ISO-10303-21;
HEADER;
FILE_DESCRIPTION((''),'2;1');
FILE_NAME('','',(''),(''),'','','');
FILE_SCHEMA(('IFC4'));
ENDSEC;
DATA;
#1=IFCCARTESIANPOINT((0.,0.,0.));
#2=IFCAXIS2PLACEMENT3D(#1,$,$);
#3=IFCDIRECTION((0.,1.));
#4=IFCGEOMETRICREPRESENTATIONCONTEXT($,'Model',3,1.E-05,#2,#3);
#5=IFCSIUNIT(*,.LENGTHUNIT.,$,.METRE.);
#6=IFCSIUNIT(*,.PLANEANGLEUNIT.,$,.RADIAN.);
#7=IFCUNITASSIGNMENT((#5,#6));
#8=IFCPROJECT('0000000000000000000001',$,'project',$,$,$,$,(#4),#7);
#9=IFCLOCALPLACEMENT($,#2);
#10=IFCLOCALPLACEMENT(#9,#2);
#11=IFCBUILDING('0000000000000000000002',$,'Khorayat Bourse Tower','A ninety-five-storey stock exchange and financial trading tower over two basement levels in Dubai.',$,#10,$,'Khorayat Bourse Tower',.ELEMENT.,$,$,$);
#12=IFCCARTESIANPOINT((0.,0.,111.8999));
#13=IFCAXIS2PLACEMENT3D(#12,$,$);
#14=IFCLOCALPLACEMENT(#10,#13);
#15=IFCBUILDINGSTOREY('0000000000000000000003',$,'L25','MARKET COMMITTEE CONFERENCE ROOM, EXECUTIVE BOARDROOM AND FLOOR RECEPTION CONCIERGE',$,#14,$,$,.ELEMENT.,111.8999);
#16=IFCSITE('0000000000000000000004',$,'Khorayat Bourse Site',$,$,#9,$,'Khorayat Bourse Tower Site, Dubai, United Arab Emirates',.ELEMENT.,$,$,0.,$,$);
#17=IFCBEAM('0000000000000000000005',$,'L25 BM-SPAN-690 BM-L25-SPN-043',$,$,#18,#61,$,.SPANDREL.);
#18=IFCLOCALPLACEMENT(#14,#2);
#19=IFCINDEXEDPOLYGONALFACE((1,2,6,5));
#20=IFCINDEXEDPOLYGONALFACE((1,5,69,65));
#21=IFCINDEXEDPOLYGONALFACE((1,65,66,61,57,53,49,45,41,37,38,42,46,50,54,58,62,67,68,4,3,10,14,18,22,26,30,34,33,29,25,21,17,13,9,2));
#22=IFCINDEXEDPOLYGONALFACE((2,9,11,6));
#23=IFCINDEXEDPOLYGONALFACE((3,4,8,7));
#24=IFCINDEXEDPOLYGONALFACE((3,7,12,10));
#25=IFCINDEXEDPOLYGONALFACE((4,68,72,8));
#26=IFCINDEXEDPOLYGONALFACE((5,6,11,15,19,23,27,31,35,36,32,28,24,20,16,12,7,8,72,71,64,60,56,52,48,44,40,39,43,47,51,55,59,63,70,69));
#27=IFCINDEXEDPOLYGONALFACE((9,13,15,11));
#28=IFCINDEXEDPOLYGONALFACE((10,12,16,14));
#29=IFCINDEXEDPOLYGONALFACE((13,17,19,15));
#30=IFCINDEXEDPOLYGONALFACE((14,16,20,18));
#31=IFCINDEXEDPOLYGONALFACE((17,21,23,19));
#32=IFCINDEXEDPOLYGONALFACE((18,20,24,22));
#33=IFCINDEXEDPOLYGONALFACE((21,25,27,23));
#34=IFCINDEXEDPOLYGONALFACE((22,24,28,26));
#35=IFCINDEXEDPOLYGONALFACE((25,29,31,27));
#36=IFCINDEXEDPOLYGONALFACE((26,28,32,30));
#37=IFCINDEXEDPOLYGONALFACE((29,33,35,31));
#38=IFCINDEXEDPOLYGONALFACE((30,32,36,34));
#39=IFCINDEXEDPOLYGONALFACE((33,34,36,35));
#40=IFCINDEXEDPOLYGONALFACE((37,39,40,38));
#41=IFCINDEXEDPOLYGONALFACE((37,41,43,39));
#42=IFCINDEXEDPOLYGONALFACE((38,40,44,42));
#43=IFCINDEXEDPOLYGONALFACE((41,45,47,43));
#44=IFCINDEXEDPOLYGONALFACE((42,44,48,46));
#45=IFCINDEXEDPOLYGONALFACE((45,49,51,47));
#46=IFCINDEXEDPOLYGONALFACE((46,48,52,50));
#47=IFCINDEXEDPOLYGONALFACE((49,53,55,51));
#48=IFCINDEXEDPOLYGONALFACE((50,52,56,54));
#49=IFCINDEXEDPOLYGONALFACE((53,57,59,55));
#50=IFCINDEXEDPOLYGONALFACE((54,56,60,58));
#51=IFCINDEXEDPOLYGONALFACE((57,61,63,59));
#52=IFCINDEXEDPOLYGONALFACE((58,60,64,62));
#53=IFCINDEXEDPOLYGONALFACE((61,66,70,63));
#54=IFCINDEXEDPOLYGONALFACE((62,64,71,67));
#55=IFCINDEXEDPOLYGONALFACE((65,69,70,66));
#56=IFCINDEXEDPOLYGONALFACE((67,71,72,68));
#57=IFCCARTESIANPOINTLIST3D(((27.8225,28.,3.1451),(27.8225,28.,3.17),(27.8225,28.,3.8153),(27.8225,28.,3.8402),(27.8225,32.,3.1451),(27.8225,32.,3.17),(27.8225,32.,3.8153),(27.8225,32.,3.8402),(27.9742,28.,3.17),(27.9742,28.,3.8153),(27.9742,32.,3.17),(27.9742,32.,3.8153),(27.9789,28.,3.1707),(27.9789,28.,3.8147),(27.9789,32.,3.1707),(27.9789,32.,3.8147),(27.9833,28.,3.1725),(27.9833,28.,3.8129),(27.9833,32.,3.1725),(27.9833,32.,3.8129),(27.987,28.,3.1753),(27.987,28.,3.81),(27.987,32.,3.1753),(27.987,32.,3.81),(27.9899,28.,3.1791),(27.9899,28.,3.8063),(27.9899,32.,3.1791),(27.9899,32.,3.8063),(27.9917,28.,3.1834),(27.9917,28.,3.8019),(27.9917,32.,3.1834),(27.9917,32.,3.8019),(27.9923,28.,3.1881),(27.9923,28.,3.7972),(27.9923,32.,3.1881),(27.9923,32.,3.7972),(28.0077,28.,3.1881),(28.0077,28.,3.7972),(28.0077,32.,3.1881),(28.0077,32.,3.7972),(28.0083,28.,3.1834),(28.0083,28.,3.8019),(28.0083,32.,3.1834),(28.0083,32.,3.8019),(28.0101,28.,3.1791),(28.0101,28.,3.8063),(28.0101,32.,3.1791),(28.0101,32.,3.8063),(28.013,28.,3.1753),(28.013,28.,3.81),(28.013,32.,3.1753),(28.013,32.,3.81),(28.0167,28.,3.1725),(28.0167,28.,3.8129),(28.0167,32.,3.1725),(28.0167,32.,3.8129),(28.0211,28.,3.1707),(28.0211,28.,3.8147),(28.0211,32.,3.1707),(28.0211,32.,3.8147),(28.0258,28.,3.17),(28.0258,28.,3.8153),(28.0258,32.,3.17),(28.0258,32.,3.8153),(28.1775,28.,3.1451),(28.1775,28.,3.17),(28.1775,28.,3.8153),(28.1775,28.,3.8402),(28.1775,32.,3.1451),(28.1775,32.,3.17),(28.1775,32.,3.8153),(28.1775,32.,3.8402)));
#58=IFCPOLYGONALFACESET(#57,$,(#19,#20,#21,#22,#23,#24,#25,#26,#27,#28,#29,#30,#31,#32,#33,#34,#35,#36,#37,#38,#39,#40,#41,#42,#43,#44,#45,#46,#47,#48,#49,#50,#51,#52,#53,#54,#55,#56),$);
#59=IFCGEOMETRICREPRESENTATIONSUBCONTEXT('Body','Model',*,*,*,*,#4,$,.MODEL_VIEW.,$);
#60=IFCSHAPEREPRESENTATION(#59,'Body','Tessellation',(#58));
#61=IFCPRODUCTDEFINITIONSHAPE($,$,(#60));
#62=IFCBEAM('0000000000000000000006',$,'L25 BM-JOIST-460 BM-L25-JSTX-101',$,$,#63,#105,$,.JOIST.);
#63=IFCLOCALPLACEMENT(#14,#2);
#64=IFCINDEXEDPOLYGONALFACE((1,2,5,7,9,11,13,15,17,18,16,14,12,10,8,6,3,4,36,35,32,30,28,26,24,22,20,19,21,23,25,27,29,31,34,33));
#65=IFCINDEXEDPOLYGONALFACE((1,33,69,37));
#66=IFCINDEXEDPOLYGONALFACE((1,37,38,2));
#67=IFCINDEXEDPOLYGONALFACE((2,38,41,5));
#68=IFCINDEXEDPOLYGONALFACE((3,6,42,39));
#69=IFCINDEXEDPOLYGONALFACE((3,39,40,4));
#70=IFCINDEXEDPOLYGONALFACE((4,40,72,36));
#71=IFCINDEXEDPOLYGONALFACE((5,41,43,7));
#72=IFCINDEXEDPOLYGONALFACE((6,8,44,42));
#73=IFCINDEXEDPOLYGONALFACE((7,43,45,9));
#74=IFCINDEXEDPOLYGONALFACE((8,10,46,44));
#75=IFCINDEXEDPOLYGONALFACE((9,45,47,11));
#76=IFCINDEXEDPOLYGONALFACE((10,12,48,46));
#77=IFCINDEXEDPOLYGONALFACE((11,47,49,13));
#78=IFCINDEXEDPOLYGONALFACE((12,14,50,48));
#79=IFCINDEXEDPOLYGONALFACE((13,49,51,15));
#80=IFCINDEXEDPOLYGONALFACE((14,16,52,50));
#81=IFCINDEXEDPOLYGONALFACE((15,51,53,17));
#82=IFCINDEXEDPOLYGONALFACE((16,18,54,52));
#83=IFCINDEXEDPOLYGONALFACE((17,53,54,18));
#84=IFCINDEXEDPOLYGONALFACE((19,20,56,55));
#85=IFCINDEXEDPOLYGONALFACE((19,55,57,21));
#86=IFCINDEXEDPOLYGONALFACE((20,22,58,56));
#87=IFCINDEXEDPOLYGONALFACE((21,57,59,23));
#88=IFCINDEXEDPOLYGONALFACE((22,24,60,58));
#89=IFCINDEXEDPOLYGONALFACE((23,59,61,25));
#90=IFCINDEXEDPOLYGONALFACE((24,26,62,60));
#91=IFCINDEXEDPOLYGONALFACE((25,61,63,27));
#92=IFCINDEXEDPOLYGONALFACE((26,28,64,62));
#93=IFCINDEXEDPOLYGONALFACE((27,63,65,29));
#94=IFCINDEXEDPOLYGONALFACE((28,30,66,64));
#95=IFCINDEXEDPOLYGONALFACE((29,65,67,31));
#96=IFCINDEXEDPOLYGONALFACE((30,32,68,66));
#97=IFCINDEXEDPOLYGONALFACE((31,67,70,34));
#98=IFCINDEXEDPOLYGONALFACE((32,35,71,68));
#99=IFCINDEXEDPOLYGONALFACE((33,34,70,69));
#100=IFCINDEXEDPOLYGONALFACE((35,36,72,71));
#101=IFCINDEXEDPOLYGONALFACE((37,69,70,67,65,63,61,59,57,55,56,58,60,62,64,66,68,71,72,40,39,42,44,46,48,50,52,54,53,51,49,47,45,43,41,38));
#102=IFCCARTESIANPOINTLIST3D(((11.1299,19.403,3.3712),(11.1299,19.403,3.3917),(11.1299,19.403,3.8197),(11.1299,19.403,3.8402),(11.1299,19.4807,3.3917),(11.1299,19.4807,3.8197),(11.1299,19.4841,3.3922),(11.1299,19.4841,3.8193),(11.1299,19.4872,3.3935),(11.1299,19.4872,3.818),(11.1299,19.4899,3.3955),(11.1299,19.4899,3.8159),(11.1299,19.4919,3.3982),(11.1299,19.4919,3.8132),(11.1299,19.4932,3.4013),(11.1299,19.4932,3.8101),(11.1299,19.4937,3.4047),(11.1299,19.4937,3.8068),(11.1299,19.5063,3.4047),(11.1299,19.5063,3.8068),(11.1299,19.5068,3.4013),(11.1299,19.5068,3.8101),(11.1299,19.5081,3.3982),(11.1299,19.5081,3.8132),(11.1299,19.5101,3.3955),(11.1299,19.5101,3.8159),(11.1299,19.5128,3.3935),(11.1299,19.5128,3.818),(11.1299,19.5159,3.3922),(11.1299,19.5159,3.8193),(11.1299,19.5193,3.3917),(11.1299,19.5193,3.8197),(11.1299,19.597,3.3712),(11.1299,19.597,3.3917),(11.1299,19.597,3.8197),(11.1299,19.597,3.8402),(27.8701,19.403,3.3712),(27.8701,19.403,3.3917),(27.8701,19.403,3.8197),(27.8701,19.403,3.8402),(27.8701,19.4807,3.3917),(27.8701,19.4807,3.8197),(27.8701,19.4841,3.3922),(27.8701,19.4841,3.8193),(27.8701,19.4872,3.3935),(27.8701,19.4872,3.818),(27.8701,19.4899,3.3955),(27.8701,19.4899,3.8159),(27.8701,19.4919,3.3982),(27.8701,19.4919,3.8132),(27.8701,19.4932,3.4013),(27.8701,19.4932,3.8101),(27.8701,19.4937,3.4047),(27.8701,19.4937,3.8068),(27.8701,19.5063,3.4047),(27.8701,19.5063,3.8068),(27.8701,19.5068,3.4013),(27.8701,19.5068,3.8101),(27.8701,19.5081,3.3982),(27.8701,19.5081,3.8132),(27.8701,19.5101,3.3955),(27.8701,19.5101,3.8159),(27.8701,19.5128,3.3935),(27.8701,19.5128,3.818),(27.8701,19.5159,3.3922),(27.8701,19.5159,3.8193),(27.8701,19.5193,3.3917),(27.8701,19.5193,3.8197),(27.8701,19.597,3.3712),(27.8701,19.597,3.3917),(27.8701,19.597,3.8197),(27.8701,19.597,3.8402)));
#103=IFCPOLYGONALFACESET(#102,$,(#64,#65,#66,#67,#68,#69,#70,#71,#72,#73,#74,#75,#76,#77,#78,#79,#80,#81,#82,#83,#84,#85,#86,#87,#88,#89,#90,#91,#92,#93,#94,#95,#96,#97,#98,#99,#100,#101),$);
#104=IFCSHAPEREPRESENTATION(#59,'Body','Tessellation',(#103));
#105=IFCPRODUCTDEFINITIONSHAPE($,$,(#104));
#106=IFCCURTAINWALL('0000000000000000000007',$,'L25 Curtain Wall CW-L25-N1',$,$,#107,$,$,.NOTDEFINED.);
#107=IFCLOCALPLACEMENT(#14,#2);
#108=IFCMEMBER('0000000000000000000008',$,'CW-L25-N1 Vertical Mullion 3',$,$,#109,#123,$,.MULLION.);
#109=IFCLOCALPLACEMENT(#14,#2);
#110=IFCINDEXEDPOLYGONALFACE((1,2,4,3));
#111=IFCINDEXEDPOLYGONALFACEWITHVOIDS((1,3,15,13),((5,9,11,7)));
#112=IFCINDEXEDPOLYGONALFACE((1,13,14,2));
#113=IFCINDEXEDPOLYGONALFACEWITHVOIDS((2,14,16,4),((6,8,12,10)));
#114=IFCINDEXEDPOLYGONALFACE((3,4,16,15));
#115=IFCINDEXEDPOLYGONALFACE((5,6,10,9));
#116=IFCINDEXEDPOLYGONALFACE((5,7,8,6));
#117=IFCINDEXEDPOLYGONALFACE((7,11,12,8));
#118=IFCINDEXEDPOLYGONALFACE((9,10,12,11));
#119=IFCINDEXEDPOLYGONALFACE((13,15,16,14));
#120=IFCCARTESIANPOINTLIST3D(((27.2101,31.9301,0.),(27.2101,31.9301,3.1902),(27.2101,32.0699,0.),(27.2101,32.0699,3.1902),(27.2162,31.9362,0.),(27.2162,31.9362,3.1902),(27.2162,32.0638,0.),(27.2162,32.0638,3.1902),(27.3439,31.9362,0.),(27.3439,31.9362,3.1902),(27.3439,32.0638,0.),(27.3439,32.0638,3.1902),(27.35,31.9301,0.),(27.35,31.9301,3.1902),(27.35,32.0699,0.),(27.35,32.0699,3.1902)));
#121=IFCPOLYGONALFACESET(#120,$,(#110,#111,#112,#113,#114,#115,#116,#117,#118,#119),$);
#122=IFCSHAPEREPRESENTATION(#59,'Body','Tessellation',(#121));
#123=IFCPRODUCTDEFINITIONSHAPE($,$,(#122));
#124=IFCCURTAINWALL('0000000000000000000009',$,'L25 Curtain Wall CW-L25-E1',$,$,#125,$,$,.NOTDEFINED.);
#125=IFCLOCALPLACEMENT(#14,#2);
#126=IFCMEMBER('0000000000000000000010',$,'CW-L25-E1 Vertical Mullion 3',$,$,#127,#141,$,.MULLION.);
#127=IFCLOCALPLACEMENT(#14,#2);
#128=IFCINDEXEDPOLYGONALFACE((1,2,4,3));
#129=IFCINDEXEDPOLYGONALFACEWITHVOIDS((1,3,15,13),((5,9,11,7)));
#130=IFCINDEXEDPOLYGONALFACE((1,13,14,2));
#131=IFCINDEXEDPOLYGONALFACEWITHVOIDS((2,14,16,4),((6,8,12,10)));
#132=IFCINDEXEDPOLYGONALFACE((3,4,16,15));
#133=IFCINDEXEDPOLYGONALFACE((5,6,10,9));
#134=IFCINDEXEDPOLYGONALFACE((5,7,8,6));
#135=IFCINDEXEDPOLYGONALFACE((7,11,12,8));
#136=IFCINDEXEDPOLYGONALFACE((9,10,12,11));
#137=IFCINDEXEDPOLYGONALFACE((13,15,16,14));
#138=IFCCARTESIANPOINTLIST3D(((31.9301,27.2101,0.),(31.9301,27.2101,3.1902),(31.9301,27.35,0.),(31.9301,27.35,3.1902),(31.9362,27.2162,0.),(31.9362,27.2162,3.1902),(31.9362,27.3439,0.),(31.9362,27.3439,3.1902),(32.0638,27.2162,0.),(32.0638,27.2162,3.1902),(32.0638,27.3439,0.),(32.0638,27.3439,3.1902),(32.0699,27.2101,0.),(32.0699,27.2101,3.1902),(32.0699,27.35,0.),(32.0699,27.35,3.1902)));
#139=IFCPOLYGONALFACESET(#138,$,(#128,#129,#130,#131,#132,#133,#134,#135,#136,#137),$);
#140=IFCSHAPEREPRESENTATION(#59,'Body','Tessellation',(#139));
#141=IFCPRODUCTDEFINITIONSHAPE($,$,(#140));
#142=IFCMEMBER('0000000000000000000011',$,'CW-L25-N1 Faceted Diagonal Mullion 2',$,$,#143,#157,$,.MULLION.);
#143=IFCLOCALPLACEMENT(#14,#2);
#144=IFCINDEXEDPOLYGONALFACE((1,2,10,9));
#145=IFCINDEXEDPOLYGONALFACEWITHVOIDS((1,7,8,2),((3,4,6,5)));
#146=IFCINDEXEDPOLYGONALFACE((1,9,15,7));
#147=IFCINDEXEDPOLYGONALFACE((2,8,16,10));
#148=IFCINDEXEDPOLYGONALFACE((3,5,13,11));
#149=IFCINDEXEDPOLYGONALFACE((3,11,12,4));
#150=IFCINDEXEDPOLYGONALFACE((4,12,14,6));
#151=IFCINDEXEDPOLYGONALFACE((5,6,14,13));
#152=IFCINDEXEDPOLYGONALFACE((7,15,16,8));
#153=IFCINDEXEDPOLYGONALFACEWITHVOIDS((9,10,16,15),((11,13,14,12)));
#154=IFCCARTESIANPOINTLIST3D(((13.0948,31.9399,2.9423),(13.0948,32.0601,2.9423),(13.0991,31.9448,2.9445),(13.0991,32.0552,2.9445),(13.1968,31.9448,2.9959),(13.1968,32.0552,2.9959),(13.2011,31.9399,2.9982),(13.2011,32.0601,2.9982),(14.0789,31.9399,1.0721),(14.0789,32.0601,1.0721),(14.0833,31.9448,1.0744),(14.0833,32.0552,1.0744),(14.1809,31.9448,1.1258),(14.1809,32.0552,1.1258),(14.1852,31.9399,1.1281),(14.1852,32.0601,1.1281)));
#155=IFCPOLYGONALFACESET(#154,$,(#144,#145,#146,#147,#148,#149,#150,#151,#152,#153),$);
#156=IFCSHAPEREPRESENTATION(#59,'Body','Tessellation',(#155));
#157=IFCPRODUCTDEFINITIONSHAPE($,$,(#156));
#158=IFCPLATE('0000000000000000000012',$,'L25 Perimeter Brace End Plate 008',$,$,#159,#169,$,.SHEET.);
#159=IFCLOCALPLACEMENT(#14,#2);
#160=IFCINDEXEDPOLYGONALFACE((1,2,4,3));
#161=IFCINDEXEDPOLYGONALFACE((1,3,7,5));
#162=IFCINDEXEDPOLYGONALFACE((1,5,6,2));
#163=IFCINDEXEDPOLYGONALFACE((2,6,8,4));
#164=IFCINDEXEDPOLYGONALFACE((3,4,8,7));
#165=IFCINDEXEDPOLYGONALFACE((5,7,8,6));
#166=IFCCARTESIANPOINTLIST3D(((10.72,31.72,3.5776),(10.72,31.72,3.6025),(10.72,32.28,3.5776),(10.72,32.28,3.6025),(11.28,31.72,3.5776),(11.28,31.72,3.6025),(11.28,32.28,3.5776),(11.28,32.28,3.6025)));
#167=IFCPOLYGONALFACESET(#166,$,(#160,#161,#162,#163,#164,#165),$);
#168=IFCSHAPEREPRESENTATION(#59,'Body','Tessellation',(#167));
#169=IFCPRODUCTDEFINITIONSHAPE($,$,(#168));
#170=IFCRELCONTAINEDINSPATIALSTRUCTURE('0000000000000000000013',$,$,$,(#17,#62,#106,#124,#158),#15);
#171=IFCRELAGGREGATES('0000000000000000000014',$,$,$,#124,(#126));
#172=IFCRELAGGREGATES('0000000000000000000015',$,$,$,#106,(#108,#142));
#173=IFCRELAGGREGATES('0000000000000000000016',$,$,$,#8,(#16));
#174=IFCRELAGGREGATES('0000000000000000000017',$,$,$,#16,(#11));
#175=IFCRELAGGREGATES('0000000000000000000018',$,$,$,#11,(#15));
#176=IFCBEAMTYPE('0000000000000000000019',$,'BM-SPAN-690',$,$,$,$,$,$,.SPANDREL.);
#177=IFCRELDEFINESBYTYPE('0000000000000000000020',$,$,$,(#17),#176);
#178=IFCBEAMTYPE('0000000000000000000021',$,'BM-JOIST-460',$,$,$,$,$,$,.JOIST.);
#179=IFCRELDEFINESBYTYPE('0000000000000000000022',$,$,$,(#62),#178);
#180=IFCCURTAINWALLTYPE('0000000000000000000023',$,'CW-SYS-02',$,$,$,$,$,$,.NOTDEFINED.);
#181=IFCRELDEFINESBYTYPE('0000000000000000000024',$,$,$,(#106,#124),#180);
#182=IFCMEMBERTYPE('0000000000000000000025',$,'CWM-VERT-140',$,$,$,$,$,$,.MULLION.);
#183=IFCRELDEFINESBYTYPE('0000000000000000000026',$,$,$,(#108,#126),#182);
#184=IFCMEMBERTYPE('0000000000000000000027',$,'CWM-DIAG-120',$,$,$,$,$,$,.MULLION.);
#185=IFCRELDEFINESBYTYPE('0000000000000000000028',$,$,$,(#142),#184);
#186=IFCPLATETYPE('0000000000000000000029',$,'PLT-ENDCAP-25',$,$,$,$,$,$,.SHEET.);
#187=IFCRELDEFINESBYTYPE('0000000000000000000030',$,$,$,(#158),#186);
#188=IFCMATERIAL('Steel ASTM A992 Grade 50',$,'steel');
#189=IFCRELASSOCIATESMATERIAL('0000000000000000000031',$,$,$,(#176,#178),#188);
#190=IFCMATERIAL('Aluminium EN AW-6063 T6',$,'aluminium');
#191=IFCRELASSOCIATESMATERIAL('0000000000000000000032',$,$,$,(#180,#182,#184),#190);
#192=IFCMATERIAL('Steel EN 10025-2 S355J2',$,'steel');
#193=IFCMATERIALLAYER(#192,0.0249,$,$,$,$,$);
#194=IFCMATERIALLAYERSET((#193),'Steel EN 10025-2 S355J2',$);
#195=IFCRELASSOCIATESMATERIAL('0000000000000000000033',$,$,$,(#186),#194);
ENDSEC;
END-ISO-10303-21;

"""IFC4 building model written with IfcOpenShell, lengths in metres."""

from ifc_helpers import new_model, si_unit, direction, frame, origin, origin_2d, place, context, subcontext, project, spatial, rectangle, hollow_rectangle, i_section, extrude, source, transform, mapped, material, layer, layer_set, material_profile, profile_set, type_object, element, aggregate, save


model = new_model("IFC4")

# Units and contexts
model_context = context("Model", 3, precision=1e-05, world=origin(), true_north=direction((0.0, 1.0)))
body_context = subcontext(model_context, "Body", "Model", "MODEL_VIEW")
ifc_project = project(units=[si_unit("LENGTHUNIT", "METRE"), si_unit("PLANEANGLEUNIT", "RADIAN")], contexts=[model_context])

# Site, building, storey
site_placement = place(None, origin())
site = spatial("IfcSite", under=ifc_project, at=site_placement, Name="Khorayat Bourse Site", LongName="Khorayat Bourse Tower Site, Dubai, United Arab Emirates", CompositionType="ELEMENT", RefElevation=0.0)
building_placement = place(site_placement, origin())
building = spatial("IfcBuilding", under=site, at=building_placement, Name="Khorayat Bourse Tower", Description="A ninety-five-storey stock exchange and financial trading tower over two basement levels in Dubai.", LongName="Khorayat Bourse Tower", CompositionType="ELEMENT")
storey_placement = place(building_placement, frame((0.0, 0.0, 111.8999)))
storey = spatial("IfcBuildingStorey", under=building, at=storey_placement, Name="L25", Description="MARKET COMMITTEE CONFERENCE ROOM, EXECUTIVE BOARDROOM AND FLOOR RECEPTION CONCIERGE", CompositionType="ELEMENT", Elevation=111.8999)

# Beams
ifc_material_1 = material(Name="Steel ASTM A992 Grade 50", Category="steel")
ifc_material_profile_1 = material_profile(ifc_material_1, i_section(OverallWidth=0.355, OverallDepth=0.6951, WebThickness=0.0154, FlangeThickness=0.0249, FilletRadius=0.0181, at=origin_2d()), Name="W690X217")
ifc_profile_set_1 = profile_set([ifc_material_profile_1], Name="Steel ASTM A992 Grade 50")
beam_type_1 = type_object("IfcBeamType", Name="BM-SPAN-690", PredefinedType="SPANDREL", material=ifc_profile_set_1)
shared_shape_1 = source(origin(), body_context, "Body", "SweptSolid", [
    extrude(i_section(OverallWidth=0.355, OverallDepth=0.6951, WebThickness=0.0154, FlangeThickness=0.0249, FilletRadius=0.0181, at=origin_2d()), origin(), (0.0, 0.0, 1.0), 4.0),
])
for number, where, z_axis, x_axis, name in (
    (1, (28.0, 28.0, 3.4927), (0.0, 1.0, 0.0), (-1.0, 0.0, 0.0), "L25 BM-SPAN-690 BM-L25-SPN-043"),
):
    element("IfcBeam", number, at=place(storey_placement, frame(where, z_axis=z_axis, x_axis=x_axis)), inside=storey, type_object=beam_type_1, Name=name, PredefinedType="SPANDREL", context=body_context, shape_type="MappedRepresentation", body=[
        mapped(shared_shape_1, transform((0.0, 0.0, 0.0), scale=1.0)),
    ])
ifc_material_profile_2 = material_profile(ifc_material_1, i_section(OverallWidth=0.1941, OverallDepth=0.469, WebThickness=0.0127, FlangeThickness=0.0205, FilletRadius=0.0129, at=origin_2d()), Name="W460X106")
ifc_profile_set_2 = profile_set([ifc_material_profile_2], Name="Steel ASTM A992 Grade 50")
beam_type_2 = type_object("IfcBeamType", Name="BM-JOIST-460", PredefinedType="JOIST", material=ifc_profile_set_2)
shared_shape_2 = source(origin(), body_context, "Body", "SweptSolid", [
    extrude(i_section(OverallWidth=0.1941, OverallDepth=0.469, WebThickness=0.0127, FlangeThickness=0.0205, FilletRadius=0.0129, at=origin_2d()), origin(), (0.0, 0.0, 1.0), 16.7402),
])
beam_1_placement = place(storey_placement, frame((11.1299, 19.5, 3.6057), z_axis=(1.0, 0.0, 0.0), x_axis=(0.0, 1.0, 0.0)))
element("IfcBeam", 2, at=beam_1_placement, inside=storey, type_object=beam_type_2, Name="L25 BM-JOIST-460 BM-L25-JSTX-101", PredefinedType="JOIST", context=body_context, shape_type="MappedRepresentation", body=[
    mapped(shared_shape_2, transform((0.0, 0.0, 0.0), scale=1.0)),
])

# Curtain walls, members
ifc_material_2 = material(Name="Aluminium EN AW-6063 T6", Category="aluminium")
curtain_wall_type = type_object("IfcCurtainWallType", Name="CW-SYS-02", PredefinedType="NOTDEFINED", material=ifc_material_2)
curtain_wall_1_placement = place(storey_placement, origin())
curtain_wall_1 = element("IfcCurtainWall", 3, at=curtain_wall_1_placement, inside=storey, type_object=curtain_wall_type, Name="L25 Curtain Wall CW-L25-N1", PredefinedType="NOTDEFINED")
ifc_material_profile_3 = material_profile(ifc_material_2, hollow_rectangle(XDim=0.1399, YDim=0.1399, WallThickness=0.0061, at=origin_2d()), Name="ALU 140x140x6")
ifc_profile_set_3 = profile_set([ifc_material_profile_3], Name="Aluminium EN AW-6063 T6")
member_type_1 = type_object("IfcMemberType", Name="CWM-VERT-140", PredefinedType="MULLION", material=ifc_profile_set_3)
shared_shape_3 = source(origin(), body_context, "Body", "SweptSolid", [
    extrude(hollow_rectangle(XDim=0.1399, YDim=0.1399, WallThickness=0.0061, at=origin_2d()), origin(), (0.0, 0.0, 1.0), 3.1902),
])
member_1_placement = place(storey_placement, frame((27.28, 32.0, 0.0), z_axis=(0.0, 0.0, 1.0), x_axis=(0.0, 1.0, 0.0)))
member_1 = element("IfcMember", 4, at=member_1_placement, type_object=member_type_1, Name="CW-L25-N1 Vertical Mullion 3", PredefinedType="MULLION", context=body_context, shape_type="MappedRepresentation", body=[
    mapped(shared_shape_3, transform((0.0, 0.0, 0.0), scale=1.0)),
])
curtain_wall_2_placement = place(storey_placement, origin())
curtain_wall_2 = element("IfcCurtainWall", 5, at=curtain_wall_2_placement, inside=storey, type_object=curtain_wall_type, Name="L25 Curtain Wall CW-L25-E1", PredefinedType="NOTDEFINED")
member_2_placement = place(storey_placement, frame((32.0, 27.28, 0.0), z_axis=(0.0, 0.0, 1.0), x_axis=(-1.0, 0.0, 0.0)))
member_2 = element("IfcMember", 6, at=member_2_placement, type_object=member_type_1, Name="CW-L25-E1 Vertical Mullion 3", PredefinedType="MULLION", context=body_context, shape_type="MappedRepresentation", body=[
    mapped(shared_shape_3, transform((0.0, 0.0, 0.0), scale=1.0)),
])
aggregate(curtain_wall_2, [member_2])

# Member
ifc_material_profile_4 = material_profile(ifc_material_2, hollow_rectangle(XDim=0.1201, YDim=0.1201, WallThickness=0.0049, at=origin_2d()), Name="ALU 120x120x5")
ifc_profile_set_4 = profile_set([ifc_material_profile_4], Name="Aluminium EN AW-6063 T6")
member_type_2 = type_object("IfcMemberType", Name="CWM-DIAG-120", PredefinedType="MULLION", material=ifc_profile_set_4)
shared_shape_4 = source(origin(), body_context, "Body", "SweptSolid", [
    extrude(hollow_rectangle(XDim=0.1201, YDim=0.1201, WallThickness=0.0049, at=origin_2d()), origin(), (0.0, 0.0, 1.0), 2.1133),
])
member_3_placement = place(storey_placement, frame((14.1321, 32.0, 1.1001), z_axis=(-0.465694, 0.0, 0.884946), x_axis=(0.0, -1.0, 0.0)))
member_3 = element("IfcMember", 7, at=member_3_placement, type_object=member_type_2, Name="CW-L25-N1 Faceted Diagonal Mullion 2", PredefinedType="MULLION", context=body_context, shape_type="MappedRepresentation", body=[
    mapped(shared_shape_4, transform((0.0, 0.0, 0.0), scale=1.0)),
])

# Plate
ifc_material_3 = material(Name="Steel EN 10025-2 S355J2", Category="steel")
ifc_layer_1 = layer(ifc_material_3, 0.0249)
ifc_layer_set_1 = layer_set([ifc_layer_1], Name="Steel EN 10025-2 S355J2")
plate_type_1 = type_object("IfcPlateType", Name="PLT-ENDCAP-25", PredefinedType="SHEET", material=ifc_layer_set_1)
shared_shape_5 = source(origin(), body_context, "Body", "SweptSolid", [
    extrude(rectangle(XDim=0.5601, YDim=0.5601, at=origin_2d()), origin(), (0.0, 0.0, 1.0), 0.0249),
])
plate_1_placement = place(storey_placement, frame((11.0, 32.0, 3.5776), z_axis=(0.0, 0.0, 1.0), x_axis=(1.0, 0.0, 0.0)))
element("IfcPlate", 8, at=plate_1_placement, inside=storey, type_object=plate_type_1, Name="L25 Perimeter Brace End Plate 008", PredefinedType="SHEET", context=body_context, shape_type="MappedRepresentation", body=[
    mapped(shared_shape_5, transform((0.0, 0.0, 0.0), scale=1.0)),
])
aggregate(curtain_wall_1, [member_1, member_3])

save(model, "model.ifc")
